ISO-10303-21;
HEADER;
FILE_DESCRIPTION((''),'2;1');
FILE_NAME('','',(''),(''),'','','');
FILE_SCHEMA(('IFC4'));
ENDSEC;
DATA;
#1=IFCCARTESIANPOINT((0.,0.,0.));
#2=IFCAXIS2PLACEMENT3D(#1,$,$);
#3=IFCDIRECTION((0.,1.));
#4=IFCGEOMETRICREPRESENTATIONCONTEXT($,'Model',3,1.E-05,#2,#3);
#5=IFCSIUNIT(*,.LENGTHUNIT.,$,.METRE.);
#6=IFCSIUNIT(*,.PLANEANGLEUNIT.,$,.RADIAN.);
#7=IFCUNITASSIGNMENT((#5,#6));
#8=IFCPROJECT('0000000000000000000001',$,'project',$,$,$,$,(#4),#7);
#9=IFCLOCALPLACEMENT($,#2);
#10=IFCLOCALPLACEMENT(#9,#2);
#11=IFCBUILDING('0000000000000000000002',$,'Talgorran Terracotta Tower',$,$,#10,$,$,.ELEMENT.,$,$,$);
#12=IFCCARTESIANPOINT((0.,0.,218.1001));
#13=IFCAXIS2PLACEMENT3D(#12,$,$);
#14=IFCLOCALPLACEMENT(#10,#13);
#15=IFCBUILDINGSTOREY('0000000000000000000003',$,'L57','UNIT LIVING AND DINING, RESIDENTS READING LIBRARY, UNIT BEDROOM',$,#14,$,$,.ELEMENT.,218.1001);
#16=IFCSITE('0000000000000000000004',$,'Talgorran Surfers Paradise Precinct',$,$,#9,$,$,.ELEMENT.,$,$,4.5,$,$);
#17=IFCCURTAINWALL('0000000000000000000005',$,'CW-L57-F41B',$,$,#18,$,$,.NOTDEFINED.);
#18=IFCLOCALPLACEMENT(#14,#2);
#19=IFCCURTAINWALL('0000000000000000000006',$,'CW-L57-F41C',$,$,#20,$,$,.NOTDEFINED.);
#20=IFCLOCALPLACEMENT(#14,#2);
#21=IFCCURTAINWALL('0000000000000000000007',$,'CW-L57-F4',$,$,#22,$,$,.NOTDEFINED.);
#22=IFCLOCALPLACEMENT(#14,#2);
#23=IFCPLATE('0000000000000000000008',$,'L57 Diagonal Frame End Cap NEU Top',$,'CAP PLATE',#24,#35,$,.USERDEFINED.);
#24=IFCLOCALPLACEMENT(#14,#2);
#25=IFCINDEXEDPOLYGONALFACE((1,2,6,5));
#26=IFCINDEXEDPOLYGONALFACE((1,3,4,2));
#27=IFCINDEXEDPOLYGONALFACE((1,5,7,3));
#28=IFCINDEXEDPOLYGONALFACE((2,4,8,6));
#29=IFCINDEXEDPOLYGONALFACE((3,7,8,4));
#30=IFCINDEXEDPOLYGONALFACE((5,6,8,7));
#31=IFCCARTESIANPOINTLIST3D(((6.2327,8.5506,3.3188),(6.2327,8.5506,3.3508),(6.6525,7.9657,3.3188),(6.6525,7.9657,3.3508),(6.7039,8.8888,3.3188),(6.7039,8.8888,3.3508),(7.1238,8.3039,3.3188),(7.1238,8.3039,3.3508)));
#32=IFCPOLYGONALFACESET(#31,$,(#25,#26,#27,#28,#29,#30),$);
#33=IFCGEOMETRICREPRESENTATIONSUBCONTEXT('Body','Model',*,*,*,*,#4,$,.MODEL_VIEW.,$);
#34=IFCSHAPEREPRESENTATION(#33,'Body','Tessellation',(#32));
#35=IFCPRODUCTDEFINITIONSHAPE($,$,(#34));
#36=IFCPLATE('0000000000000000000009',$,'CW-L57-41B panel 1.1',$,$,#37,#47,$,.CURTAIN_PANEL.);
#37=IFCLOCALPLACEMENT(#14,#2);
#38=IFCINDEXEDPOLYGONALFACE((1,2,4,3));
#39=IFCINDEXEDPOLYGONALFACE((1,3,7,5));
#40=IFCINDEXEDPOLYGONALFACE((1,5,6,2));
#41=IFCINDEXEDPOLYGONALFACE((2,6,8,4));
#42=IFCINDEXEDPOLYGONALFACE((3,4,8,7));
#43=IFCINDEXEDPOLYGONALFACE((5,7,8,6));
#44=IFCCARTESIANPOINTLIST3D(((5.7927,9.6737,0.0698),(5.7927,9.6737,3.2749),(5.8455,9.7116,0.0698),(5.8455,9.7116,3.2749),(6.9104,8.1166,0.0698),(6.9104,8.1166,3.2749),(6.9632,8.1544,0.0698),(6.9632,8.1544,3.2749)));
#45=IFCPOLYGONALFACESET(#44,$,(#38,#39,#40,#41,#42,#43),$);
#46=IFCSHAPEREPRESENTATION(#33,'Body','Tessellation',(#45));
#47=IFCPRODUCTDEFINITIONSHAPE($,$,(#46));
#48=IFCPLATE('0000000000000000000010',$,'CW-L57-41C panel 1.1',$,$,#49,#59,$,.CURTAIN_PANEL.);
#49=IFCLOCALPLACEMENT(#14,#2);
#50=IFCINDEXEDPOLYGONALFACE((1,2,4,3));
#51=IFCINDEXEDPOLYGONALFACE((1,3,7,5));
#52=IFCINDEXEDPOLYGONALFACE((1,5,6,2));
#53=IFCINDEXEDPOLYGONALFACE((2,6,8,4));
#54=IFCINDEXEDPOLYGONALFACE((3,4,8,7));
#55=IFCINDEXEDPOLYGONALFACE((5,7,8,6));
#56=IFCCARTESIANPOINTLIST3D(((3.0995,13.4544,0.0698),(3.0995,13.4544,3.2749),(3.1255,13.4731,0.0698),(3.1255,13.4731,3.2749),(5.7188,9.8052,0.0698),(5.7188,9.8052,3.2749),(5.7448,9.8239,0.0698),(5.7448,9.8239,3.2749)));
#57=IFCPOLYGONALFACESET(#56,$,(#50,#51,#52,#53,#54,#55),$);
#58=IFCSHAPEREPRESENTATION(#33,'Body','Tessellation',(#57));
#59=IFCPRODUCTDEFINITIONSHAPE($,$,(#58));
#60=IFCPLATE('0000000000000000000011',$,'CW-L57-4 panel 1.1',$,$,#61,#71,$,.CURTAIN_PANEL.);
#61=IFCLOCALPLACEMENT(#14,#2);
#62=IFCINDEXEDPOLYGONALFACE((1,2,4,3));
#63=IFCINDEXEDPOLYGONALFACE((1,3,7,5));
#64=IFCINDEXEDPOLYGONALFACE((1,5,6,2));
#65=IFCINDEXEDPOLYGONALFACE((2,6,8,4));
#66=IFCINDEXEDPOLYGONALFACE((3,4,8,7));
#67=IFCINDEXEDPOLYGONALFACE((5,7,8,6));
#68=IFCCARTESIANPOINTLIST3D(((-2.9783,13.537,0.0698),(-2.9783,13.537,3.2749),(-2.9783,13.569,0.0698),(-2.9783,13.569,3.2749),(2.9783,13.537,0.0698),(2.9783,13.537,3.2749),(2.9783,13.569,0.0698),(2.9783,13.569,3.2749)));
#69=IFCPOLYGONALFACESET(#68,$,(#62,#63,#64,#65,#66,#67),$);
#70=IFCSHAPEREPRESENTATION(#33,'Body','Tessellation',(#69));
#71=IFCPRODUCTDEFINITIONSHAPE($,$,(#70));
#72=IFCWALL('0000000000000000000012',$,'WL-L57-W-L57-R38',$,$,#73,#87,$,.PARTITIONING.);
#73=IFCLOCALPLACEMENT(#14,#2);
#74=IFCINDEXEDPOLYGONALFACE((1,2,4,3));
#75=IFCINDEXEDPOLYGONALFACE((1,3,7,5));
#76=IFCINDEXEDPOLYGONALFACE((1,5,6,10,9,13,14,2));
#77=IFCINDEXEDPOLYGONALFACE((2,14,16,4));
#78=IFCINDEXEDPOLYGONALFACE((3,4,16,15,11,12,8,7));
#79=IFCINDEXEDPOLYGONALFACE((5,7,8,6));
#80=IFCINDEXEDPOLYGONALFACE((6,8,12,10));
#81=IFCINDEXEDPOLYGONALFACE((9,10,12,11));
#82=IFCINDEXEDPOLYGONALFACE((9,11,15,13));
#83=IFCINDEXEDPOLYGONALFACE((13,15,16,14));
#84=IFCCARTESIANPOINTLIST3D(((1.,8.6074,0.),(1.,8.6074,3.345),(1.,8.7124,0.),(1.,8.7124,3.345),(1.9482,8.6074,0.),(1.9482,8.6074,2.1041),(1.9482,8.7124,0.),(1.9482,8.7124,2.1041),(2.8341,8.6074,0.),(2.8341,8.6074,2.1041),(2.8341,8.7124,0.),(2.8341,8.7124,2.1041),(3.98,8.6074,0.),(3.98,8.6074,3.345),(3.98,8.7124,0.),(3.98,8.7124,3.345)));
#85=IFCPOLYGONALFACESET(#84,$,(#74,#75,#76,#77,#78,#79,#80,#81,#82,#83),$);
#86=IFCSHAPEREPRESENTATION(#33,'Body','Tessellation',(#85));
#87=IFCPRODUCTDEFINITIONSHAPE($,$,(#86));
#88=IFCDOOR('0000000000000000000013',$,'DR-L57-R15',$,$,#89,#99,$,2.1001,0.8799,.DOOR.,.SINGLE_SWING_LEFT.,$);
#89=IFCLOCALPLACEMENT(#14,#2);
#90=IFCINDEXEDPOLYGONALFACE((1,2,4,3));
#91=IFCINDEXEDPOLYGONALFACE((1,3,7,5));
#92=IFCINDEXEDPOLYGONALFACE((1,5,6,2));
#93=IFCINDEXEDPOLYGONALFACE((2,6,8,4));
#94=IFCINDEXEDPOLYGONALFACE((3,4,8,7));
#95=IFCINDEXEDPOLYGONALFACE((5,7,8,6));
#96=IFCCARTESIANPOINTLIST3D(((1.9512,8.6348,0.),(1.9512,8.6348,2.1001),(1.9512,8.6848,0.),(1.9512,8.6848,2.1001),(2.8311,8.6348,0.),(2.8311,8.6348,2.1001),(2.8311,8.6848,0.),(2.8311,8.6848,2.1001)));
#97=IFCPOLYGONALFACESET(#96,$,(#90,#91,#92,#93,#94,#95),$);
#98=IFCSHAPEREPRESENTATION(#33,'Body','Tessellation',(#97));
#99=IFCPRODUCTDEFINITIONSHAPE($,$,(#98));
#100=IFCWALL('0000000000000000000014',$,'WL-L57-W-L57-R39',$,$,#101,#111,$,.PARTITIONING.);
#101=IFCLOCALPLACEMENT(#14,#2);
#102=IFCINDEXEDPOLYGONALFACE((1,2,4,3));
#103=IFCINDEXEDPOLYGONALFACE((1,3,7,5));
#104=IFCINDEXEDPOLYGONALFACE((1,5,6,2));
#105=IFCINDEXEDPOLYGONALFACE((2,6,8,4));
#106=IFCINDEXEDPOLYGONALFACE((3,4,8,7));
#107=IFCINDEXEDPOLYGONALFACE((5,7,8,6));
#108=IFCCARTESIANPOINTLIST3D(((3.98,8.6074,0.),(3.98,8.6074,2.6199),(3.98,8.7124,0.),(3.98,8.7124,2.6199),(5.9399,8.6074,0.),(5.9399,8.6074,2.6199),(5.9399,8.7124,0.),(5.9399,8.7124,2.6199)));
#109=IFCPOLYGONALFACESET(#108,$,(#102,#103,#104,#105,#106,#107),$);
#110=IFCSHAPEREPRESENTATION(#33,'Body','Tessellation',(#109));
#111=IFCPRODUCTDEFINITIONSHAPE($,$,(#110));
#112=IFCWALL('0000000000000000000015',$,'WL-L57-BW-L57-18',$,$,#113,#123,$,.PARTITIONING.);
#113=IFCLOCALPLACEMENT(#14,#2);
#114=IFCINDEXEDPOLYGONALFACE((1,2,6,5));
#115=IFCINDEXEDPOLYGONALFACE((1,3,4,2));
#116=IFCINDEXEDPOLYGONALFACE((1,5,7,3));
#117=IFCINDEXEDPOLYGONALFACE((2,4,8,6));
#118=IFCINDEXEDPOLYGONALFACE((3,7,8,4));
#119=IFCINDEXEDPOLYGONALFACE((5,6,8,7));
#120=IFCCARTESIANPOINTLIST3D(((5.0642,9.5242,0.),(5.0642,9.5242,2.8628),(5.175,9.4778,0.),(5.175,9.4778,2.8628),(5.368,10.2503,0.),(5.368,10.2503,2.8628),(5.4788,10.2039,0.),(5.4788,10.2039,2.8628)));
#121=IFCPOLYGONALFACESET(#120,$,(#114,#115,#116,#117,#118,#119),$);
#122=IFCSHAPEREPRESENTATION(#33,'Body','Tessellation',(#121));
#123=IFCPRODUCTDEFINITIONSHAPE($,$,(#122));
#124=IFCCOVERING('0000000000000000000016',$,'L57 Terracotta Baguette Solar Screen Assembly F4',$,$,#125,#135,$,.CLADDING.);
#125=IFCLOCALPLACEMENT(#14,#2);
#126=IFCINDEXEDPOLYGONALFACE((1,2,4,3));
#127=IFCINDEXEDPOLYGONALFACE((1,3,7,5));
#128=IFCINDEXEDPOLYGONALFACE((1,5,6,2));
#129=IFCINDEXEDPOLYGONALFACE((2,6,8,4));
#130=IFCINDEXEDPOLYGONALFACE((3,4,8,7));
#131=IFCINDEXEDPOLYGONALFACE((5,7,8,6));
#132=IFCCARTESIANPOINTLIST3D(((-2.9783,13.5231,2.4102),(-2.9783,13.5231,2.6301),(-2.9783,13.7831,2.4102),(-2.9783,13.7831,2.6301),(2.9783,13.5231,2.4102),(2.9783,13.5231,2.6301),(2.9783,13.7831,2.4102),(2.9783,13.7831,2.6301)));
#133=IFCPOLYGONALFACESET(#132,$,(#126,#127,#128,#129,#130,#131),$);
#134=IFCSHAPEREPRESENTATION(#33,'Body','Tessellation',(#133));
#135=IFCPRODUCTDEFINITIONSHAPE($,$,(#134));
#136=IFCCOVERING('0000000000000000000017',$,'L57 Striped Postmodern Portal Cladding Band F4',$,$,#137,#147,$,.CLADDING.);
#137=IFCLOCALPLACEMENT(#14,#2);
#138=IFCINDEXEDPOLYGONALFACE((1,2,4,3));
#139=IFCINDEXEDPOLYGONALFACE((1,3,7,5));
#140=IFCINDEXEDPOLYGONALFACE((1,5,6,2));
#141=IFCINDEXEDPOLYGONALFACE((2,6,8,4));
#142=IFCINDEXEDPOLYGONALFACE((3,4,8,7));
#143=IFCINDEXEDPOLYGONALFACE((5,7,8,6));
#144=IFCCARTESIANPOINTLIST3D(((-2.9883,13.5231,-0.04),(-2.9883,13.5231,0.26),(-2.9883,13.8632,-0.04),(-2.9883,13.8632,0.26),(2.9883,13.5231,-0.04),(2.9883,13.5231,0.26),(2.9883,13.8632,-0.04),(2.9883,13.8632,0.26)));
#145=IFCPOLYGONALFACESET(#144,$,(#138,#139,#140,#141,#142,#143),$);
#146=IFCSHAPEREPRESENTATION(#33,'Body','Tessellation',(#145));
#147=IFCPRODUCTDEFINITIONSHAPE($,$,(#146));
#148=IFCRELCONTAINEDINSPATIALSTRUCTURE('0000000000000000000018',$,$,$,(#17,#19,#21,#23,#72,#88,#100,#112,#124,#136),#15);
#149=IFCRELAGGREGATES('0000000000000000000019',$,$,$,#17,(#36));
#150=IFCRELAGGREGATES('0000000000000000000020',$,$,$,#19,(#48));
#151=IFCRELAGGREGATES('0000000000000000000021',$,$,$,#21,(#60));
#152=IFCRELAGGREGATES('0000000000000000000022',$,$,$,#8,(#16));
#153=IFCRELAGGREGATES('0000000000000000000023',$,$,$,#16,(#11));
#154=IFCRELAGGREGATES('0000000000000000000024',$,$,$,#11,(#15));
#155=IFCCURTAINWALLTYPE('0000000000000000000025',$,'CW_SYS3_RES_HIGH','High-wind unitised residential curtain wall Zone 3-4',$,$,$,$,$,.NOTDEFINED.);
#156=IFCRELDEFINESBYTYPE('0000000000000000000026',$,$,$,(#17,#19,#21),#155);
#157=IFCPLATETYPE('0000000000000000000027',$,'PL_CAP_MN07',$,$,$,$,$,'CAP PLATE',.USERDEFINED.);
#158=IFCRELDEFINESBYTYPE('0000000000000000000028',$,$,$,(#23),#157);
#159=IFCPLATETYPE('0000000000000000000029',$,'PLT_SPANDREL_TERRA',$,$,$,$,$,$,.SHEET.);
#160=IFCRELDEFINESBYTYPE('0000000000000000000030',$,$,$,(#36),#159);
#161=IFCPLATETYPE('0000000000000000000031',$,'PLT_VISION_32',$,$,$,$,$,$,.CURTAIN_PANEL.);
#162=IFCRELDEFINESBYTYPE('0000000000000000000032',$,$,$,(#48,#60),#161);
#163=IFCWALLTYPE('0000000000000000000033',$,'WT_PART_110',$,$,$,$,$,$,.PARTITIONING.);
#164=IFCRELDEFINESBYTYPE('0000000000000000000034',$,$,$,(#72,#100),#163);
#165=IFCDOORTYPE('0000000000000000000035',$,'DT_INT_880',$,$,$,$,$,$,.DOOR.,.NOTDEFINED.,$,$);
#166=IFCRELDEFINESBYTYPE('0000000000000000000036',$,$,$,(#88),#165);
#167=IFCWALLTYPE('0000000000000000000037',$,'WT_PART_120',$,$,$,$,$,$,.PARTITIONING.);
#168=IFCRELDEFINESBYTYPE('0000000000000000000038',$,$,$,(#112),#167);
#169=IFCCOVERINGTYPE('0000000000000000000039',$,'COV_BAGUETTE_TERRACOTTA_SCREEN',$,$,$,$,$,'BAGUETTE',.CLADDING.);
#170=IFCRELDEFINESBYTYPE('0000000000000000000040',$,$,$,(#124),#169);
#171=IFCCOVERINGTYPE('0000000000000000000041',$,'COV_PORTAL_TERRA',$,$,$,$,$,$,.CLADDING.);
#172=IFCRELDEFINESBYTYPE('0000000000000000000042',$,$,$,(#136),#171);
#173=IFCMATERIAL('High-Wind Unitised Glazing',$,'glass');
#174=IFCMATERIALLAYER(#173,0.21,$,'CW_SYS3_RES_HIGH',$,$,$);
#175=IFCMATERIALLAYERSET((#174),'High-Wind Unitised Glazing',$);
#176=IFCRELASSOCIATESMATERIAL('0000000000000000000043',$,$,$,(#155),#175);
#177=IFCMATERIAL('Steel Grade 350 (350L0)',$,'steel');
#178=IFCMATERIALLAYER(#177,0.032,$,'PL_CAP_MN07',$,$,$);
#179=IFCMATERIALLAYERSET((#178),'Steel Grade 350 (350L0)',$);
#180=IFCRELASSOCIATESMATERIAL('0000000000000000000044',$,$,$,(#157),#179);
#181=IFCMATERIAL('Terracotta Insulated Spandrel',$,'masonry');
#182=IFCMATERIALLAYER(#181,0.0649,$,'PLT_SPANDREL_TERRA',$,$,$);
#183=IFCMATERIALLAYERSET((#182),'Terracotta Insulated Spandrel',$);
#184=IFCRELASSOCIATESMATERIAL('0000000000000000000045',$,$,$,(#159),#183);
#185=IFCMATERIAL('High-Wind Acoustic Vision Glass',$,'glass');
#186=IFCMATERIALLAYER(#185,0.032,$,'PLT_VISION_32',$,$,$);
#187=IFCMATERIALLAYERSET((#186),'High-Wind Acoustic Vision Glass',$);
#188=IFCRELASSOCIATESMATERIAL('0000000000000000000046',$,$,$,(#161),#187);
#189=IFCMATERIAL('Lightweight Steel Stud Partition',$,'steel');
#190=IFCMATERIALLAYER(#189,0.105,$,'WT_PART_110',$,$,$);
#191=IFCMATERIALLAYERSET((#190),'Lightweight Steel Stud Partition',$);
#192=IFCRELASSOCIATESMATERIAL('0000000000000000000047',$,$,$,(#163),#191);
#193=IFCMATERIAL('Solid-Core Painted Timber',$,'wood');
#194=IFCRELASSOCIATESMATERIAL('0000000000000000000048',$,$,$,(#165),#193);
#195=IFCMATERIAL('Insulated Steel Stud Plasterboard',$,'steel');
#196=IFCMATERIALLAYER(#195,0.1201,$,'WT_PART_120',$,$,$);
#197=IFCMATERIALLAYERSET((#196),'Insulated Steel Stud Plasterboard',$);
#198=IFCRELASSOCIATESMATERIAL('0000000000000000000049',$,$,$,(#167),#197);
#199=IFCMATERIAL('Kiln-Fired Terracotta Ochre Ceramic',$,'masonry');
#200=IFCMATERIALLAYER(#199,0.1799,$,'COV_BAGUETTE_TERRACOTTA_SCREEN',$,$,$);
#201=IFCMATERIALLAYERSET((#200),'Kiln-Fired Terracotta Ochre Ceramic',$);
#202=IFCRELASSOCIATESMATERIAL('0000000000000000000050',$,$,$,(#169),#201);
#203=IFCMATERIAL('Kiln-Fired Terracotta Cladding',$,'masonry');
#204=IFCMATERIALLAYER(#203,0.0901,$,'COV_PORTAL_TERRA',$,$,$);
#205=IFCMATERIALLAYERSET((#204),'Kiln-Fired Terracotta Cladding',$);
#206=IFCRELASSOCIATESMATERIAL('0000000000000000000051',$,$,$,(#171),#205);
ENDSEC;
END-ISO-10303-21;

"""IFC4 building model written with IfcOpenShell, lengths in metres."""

from ifc_helpers import new_model, si_unit, direction, frame, frame_2d, origin, origin_2d, place, context, subcontext, project, spatial, rectangle, extrude, source, transform, mapped, material, layer, layer_set, type_object, type_shapes, element, fill, aggregate, save


model = new_model("IFC4")

# Units and contexts
model_context = context("Model", 3, precision=1e-05, world=origin(), true_north=direction((0.0, 1.0)))
body_context = subcontext(model_context, "Body", "Model", "MODEL_VIEW")
ifc_project = project(units=[si_unit("LENGTHUNIT", "METRE"), si_unit("PLANEANGLEUNIT", "RADIAN")], contexts=[model_context])

# Site, building, storey
site_placement = place(None, origin())
site = spatial("IfcSite", under=ifc_project, at=site_placement, Name="Talgorran Surfers Paradise Precinct", CompositionType="ELEMENT", RefElevation=4.5)
building_placement = place(site_placement, origin())
building = spatial("IfcBuilding", under=site, at=building_placement, Name="Talgorran Terracotta Tower", CompositionType="ELEMENT")
storey_placement = place(building_placement, frame((0.0, 0.0, 218.1001)))
storey = spatial("IfcBuildingStorey", under=building, at=storey_placement, Name="L57", Description="UNIT LIVING AND DINING, RESIDENTS READING LIBRARY, UNIT BEDROOM", CompositionType="ELEMENT", Elevation=218.1001)

# Shared definitions
ifc_material_1 = material(Name="Steel Grade 350 (350L0)", Category="steel")

# Curtain wall
ifc_material_2 = material(Name="High-Wind Unitised Glazing", Category="glass")
ifc_layer_1 = layer(ifc_material_2, 0.21, Name="CW_SYS3_RES_HIGH")
ifc_layer_set_1 = layer_set([ifc_layer_1], Name="High-Wind Unitised Glazing")
curtain_wall_type = type_object("IfcCurtainWallType", Name="CW_SYS3_RES_HIGH", Description="High-wind unitised residential curtain wall Zone 3-4", PredefinedType="NOTDEFINED", material=ifc_layer_set_1)
curtain_wall_1_placement = place(storey_placement, origin())
curtain_wall_1 = element("IfcCurtainWall", 1, at=curtain_wall_1_placement, inside=storey, type_object=curtain_wall_type, Name="CW-L57-F41B", PredefinedType="NOTDEFINED")

# Curtain wall
curtain_wall_2_placement = place(storey_placement, origin())
curtain_wall_2 = element("IfcCurtainWall", 2, at=curtain_wall_2_placement, inside=storey, type_object=curtain_wall_type, Name="CW-L57-F41C", PredefinedType="NOTDEFINED")

# Curtain wall
curtain_wall_3_placement = place(storey_placement, origin())
curtain_wall_3 = element("IfcCurtainWall", 3, at=curtain_wall_3_placement, inside=storey, type_object=curtain_wall_type, Name="CW-L57-F4", PredefinedType="NOTDEFINED")

# Plate
ifc_layer_2 = layer(ifc_material_1, 0.032, Name="PL_CAP_MN07")
ifc_layer_set_2 = layer_set([ifc_layer_2], Name="Steel Grade 350 (350L0)")
plate_type_1 = type_object("IfcPlateType", Name="PL_CAP_MN07", ElementType="CAP PLATE", PredefinedType="USERDEFINED", material=ifc_layer_set_2)
for number, where, z_axis, x_axis, name in (
    (4, (6.6782, 8.4272, 3.3188), (0.0, 0.0, 1.0), (0.583116, -0.812389, 0.0), "L57 Diagonal Frame End Cap NEU Top"),
):
    element("IfcPlate", number, at=place(storey_placement, frame(where, z_axis=z_axis, x_axis=x_axis)), inside=storey, type_object=plate_type_1, Name=name, ObjectType="CAP PLATE", PredefinedType="USERDEFINED", context=body_context, shape_type="SweptSolid", body=[
        extrude(rectangle(XDim=0.72, YDim=0.5801, at=origin_2d()), origin(), (0.0, 0.0, 1.0), 0.032),
    ])

# Plates
ifc_material_3 = material(Name="Terracotta Insulated Spandrel", Category="masonry")
ifc_layer_3 = layer(ifc_material_3, 0.0649, Name="PLT_SPANDREL_TERRA")
ifc_layer_set_3 = layer_set([ifc_layer_3], Name="Terracotta Insulated Spandrel")
plate_type_2 = type_object("IfcPlateType", Name="PLT_SPANDREL_TERRA", PredefinedType="SHEET", material=ifc_layer_set_3)
shared_shape_1 = source(origin(), body_context, "Body", "SweptSolid", [
    extrude(rectangle(XDim=1.9167, YDim=0.0649, at=origin_2d()), origin(), (0.0, 0.0, 1.0), 3.2051),
])
type_shapes(plate_type_2, [shared_shape_1])
plate_1_placement = place(storey_placement, frame((6.3779, 8.9141, 0.0698), z_axis=(0.0, 0.0, 1.0), x_axis=(-0.583127, 0.812381, 0.0)))
plate_1 = element("IfcPlate", 5, at=plate_1_placement, type_object=plate_type_2, Name="CW-L57-41B panel 1.1", PredefinedType="CURTAIN_PANEL", context=body_context, shape_type="MappedRepresentation", body=[
    mapped(shared_shape_1, transform((0.0, 0.0, 0.0), scale=1.0)),
])
aggregate(curtain_wall_1, [plate_1])
ifc_material_4 = material(Name="High-Wind Acoustic Vision Glass", Category="glass")
ifc_layer_4 = layer(ifc_material_4, 0.032, Name="PLT_VISION_32")
ifc_layer_set_4 = layer_set([ifc_layer_4], Name="High-Wind Acoustic Vision Glass")
plate_type_3 = type_object("IfcPlateType", Name="PLT_VISION_32", PredefinedType="CURTAIN_PANEL", material=ifc_layer_set_4)
shared_shape_2 = source(origin(), body_context, "Body", "SweptSolid", [
    extrude(rectangle(XDim=4.4919, YDim=0.032, at=origin_2d()), origin(), (0.0, 0.0, 1.0), 3.2051),
])
plate_2_placement = place(storey_placement, frame((4.4221, 11.6392, 0.0698), z_axis=(0.0, 0.0, 1.0), x_axis=(-0.583111, 0.812392, 0.0)))
plate_2 = element("IfcPlate", 6, at=plate_2_placement, type_object=plate_type_3, Name="CW-L57-41C panel 1.1", PredefinedType="CURTAIN_PANEL", context=body_context, shape_type="MappedRepresentation", body=[
    mapped(shared_shape_2, transform((0.0, 0.0, 0.0), scale=1.0)),
])
aggregate(curtain_wall_2, [plate_2])
shared_shape_3 = source(origin(), body_context, "Body", "SweptSolid", [
    extrude(rectangle(XDim=5.9565, YDim=0.032, at=origin_2d()), origin(), (0.0, 0.0, 1.0), 3.2051),
])
type_shapes(plate_type_3, [shared_shape_2, shared_shape_3])
plate_3_placement = place(storey_placement, frame((0.0, 13.553, 0.0698), z_axis=(0.0, 0.0, 1.0), x_axis=(-1.0, 0.0, 0.0)))
plate_3 = element("IfcPlate", 7, at=plate_3_placement, type_object=plate_type_3, Name="CW-L57-4 panel 1.1", PredefinedType="CURTAIN_PANEL", context=body_context, shape_type="MappedRepresentation", body=[
    mapped(shared_shape_3, transform((0.0, 0.0, 0.0), scale=1.0)),
])
aggregate(curtain_wall_3, [plate_3])

# Wall, opening, door
ifc_material_5 = material(Name="Lightweight Steel Stud Partition", Category="steel")
ifc_layer_5 = layer(ifc_material_5, 0.105, Name="WT_PART_110")
ifc_layer_set_5 = layer_set([ifc_layer_5], Name="Lightweight Steel Stud Partition")
wall_type_1 = type_object("IfcWallType", Name="WT_PART_110", PredefinedType="PARTITIONING", material=ifc_layer_set_5)
wall_1_placement = place(storey_placement, frame((1.0, 8.6599, 0.0), z_axis=(0.0, 0.0, 1.0), x_axis=(1.0, 0.0, 0.0)))
wall_1 = element("IfcWall", 8, at=wall_1_placement, inside=storey, type_object=wall_type_1, Name="WL-L57-W-L57-R38", PredefinedType="PARTITIONING", context=body_context, shape_type="SweptSolid", body=[
    extrude(rectangle(XDim=2.98, YDim=0.105, at=frame_2d((1.49, 0.0))), origin(), (0.0, 0.0, 1.0), 3.345),
])
opening_placement = place(wall_1_placement, frame((0.9512, 0.0, 0.0)))
opening = element("IfcOpeningElement", 9, at=opening_placement, cuts=wall_1, PredefinedType="OPENING", context=body_context, shape_type="SweptSolid", body=[
    extrude(rectangle(XDim=0.8859, YDim=2.1041, at=frame_2d((0.4399, 1.052))), frame((0.0, 0.0625, 0.0), z_axis=(0.0, -1.0, 0.0), x_axis=(1.0, 0.0, 0.0)), (0.0, 0.0, 1.0), 0.125),
])
ifc_material_6 = material(Name="Solid-Core Painted Timber", Category="wood")
door_type = type_object("IfcDoorType", Name="DT_INT_880", OperationType="NOTDEFINED", PredefinedType="DOOR", material=ifc_material_6)
door_placement = place(opening_placement, origin())
door = element("IfcDoor", 10, at=door_placement, inside=storey, type_object=door_type, Name="DR-L57-R15", OperationType="SINGLE_SWING_LEFT", OverallHeight=2.1001, OverallWidth=0.8799, PredefinedType="DOOR", context=body_context, shape_type="SweptSolid", body=[
    extrude(rectangle(XDim=0.8799, YDim=2.1001, at=frame_2d((0.4399, 1.05))), frame((0.0, 0.0249, 0.0), z_axis=(0.0, -1.0, 0.0), x_axis=(1.0, 0.0, 0.0)), (0.0, 0.0, 1.0), 0.05),
])
fill(opening, door)

# Walls
wall_2_placement = place(storey_placement, frame((3.98, 8.6599, 0.0), z_axis=(0.0, 0.0, 1.0), x_axis=(1.0, 0.0, 0.0)))
element("IfcWall", 11, at=wall_2_placement, inside=storey, type_object=wall_type_1, Name="WL-L57-W-L57-R39", PredefinedType="PARTITIONING", context=body_context, shape_type="SweptSolid", body=[
    extrude(rectangle(XDim=1.96, YDim=0.105, at=frame_2d((0.98, 0.0))), origin(), (0.0, 0.0, 1.0), 2.6199),
])
ifc_material_7 = material(Name="Insulated Steel Stud Plasterboard", Category="steel")
ifc_layer_6 = layer(ifc_material_7, 0.1201, Name="WT_PART_120")
ifc_layer_set_6 = layer_set([ifc_layer_6], Name="Insulated Steel Stud Plasterboard")
wall_type_2 = type_object("IfcWallType", Name="WT_PART_120", PredefinedType="PARTITIONING", material=ifc_layer_set_6)
wall_3_placement = place(storey_placement, frame((5.1196, 9.501, 0.0), z_axis=(0.0, 0.0, 1.0), x_axis=(0.385893, 0.922544, 0.0)))
element("IfcWall", 12, at=wall_3_placement, inside=storey, type_object=wall_type_2, Name="WL-L57-BW-L57-18", PredefinedType="PARTITIONING", context=body_context, shape_type="SweptSolid", body=[
    extrude(rectangle(XDim=0.7871, YDim=0.1201, at=frame_2d((0.3936, 0.0))), origin(), (0.0, 0.0, 1.0), 2.8628),
])

# Coverings
ifc_material_8 = material(Name="Kiln-Fired Terracotta Ochre Ceramic", Category="masonry")
ifc_layer_7 = layer(ifc_material_8, 0.1799, Name="COV_BAGUETTE_TERRACOTTA_SCREEN")
ifc_layer_set_7 = layer_set([ifc_layer_7], Name="Kiln-Fired Terracotta Ochre Ceramic")
covering_type_1 = type_object("IfcCoveringType", Name="COV_BAGUETTE_TERRACOTTA_SCREEN", ElementType="BAGUETTE", PredefinedType="CLADDING", material=ifc_layer_set_7)
covering_1_placement = place(storey_placement, frame((0.0, 13.6531, 2.4102), z_axis=(0.0, 0.0, 1.0), x_axis=(-1.0, 0.0, 0.0)))
element("IfcCovering", 13, at=covering_1_placement, inside=storey, type_object=covering_type_1, Name="L57 Terracotta Baguette Solar Screen Assembly F4", PredefinedType="CLADDING", context=body_context, shape_type="SweptSolid", body=[
    extrude(rectangle(XDim=5.9565, YDim=0.26, at=origin_2d()), origin(), (0.0, 0.0, 1.0), 0.22),
])
ifc_material_9 = material(Name="Kiln-Fired Terracotta Cladding", Category="masonry")
ifc_layer_8 = layer(ifc_material_9, 0.0901, Name="COV_PORTAL_TERRA")
ifc_layer_set_8 = layer_set([ifc_layer_8], Name="Kiln-Fired Terracotta Cladding")
covering_type_2 = type_object("IfcCoveringType", Name="COV_PORTAL_TERRA", PredefinedType="CLADDING", material=ifc_layer_set_8)
covering_2_placement = place(storey_placement, frame((0.0, 13.6931, -0.04), z_axis=(0.0, 0.0, 1.0), x_axis=(-1.0, 0.0, 0.0)))
element("IfcCovering", 14, at=covering_2_placement, inside=storey, type_object=covering_type_2, Name="L57 Striped Postmodern Portal Cladding Band F4", PredefinedType="CLADDING", context=body_context, shape_type="SweptSolid", body=[
    extrude(rectangle(XDim=5.9766, YDim=0.3401, at=origin_2d()), origin(), (0.0, 0.0, 1.0), 0.3),
])

save(model, "model.ifc")
